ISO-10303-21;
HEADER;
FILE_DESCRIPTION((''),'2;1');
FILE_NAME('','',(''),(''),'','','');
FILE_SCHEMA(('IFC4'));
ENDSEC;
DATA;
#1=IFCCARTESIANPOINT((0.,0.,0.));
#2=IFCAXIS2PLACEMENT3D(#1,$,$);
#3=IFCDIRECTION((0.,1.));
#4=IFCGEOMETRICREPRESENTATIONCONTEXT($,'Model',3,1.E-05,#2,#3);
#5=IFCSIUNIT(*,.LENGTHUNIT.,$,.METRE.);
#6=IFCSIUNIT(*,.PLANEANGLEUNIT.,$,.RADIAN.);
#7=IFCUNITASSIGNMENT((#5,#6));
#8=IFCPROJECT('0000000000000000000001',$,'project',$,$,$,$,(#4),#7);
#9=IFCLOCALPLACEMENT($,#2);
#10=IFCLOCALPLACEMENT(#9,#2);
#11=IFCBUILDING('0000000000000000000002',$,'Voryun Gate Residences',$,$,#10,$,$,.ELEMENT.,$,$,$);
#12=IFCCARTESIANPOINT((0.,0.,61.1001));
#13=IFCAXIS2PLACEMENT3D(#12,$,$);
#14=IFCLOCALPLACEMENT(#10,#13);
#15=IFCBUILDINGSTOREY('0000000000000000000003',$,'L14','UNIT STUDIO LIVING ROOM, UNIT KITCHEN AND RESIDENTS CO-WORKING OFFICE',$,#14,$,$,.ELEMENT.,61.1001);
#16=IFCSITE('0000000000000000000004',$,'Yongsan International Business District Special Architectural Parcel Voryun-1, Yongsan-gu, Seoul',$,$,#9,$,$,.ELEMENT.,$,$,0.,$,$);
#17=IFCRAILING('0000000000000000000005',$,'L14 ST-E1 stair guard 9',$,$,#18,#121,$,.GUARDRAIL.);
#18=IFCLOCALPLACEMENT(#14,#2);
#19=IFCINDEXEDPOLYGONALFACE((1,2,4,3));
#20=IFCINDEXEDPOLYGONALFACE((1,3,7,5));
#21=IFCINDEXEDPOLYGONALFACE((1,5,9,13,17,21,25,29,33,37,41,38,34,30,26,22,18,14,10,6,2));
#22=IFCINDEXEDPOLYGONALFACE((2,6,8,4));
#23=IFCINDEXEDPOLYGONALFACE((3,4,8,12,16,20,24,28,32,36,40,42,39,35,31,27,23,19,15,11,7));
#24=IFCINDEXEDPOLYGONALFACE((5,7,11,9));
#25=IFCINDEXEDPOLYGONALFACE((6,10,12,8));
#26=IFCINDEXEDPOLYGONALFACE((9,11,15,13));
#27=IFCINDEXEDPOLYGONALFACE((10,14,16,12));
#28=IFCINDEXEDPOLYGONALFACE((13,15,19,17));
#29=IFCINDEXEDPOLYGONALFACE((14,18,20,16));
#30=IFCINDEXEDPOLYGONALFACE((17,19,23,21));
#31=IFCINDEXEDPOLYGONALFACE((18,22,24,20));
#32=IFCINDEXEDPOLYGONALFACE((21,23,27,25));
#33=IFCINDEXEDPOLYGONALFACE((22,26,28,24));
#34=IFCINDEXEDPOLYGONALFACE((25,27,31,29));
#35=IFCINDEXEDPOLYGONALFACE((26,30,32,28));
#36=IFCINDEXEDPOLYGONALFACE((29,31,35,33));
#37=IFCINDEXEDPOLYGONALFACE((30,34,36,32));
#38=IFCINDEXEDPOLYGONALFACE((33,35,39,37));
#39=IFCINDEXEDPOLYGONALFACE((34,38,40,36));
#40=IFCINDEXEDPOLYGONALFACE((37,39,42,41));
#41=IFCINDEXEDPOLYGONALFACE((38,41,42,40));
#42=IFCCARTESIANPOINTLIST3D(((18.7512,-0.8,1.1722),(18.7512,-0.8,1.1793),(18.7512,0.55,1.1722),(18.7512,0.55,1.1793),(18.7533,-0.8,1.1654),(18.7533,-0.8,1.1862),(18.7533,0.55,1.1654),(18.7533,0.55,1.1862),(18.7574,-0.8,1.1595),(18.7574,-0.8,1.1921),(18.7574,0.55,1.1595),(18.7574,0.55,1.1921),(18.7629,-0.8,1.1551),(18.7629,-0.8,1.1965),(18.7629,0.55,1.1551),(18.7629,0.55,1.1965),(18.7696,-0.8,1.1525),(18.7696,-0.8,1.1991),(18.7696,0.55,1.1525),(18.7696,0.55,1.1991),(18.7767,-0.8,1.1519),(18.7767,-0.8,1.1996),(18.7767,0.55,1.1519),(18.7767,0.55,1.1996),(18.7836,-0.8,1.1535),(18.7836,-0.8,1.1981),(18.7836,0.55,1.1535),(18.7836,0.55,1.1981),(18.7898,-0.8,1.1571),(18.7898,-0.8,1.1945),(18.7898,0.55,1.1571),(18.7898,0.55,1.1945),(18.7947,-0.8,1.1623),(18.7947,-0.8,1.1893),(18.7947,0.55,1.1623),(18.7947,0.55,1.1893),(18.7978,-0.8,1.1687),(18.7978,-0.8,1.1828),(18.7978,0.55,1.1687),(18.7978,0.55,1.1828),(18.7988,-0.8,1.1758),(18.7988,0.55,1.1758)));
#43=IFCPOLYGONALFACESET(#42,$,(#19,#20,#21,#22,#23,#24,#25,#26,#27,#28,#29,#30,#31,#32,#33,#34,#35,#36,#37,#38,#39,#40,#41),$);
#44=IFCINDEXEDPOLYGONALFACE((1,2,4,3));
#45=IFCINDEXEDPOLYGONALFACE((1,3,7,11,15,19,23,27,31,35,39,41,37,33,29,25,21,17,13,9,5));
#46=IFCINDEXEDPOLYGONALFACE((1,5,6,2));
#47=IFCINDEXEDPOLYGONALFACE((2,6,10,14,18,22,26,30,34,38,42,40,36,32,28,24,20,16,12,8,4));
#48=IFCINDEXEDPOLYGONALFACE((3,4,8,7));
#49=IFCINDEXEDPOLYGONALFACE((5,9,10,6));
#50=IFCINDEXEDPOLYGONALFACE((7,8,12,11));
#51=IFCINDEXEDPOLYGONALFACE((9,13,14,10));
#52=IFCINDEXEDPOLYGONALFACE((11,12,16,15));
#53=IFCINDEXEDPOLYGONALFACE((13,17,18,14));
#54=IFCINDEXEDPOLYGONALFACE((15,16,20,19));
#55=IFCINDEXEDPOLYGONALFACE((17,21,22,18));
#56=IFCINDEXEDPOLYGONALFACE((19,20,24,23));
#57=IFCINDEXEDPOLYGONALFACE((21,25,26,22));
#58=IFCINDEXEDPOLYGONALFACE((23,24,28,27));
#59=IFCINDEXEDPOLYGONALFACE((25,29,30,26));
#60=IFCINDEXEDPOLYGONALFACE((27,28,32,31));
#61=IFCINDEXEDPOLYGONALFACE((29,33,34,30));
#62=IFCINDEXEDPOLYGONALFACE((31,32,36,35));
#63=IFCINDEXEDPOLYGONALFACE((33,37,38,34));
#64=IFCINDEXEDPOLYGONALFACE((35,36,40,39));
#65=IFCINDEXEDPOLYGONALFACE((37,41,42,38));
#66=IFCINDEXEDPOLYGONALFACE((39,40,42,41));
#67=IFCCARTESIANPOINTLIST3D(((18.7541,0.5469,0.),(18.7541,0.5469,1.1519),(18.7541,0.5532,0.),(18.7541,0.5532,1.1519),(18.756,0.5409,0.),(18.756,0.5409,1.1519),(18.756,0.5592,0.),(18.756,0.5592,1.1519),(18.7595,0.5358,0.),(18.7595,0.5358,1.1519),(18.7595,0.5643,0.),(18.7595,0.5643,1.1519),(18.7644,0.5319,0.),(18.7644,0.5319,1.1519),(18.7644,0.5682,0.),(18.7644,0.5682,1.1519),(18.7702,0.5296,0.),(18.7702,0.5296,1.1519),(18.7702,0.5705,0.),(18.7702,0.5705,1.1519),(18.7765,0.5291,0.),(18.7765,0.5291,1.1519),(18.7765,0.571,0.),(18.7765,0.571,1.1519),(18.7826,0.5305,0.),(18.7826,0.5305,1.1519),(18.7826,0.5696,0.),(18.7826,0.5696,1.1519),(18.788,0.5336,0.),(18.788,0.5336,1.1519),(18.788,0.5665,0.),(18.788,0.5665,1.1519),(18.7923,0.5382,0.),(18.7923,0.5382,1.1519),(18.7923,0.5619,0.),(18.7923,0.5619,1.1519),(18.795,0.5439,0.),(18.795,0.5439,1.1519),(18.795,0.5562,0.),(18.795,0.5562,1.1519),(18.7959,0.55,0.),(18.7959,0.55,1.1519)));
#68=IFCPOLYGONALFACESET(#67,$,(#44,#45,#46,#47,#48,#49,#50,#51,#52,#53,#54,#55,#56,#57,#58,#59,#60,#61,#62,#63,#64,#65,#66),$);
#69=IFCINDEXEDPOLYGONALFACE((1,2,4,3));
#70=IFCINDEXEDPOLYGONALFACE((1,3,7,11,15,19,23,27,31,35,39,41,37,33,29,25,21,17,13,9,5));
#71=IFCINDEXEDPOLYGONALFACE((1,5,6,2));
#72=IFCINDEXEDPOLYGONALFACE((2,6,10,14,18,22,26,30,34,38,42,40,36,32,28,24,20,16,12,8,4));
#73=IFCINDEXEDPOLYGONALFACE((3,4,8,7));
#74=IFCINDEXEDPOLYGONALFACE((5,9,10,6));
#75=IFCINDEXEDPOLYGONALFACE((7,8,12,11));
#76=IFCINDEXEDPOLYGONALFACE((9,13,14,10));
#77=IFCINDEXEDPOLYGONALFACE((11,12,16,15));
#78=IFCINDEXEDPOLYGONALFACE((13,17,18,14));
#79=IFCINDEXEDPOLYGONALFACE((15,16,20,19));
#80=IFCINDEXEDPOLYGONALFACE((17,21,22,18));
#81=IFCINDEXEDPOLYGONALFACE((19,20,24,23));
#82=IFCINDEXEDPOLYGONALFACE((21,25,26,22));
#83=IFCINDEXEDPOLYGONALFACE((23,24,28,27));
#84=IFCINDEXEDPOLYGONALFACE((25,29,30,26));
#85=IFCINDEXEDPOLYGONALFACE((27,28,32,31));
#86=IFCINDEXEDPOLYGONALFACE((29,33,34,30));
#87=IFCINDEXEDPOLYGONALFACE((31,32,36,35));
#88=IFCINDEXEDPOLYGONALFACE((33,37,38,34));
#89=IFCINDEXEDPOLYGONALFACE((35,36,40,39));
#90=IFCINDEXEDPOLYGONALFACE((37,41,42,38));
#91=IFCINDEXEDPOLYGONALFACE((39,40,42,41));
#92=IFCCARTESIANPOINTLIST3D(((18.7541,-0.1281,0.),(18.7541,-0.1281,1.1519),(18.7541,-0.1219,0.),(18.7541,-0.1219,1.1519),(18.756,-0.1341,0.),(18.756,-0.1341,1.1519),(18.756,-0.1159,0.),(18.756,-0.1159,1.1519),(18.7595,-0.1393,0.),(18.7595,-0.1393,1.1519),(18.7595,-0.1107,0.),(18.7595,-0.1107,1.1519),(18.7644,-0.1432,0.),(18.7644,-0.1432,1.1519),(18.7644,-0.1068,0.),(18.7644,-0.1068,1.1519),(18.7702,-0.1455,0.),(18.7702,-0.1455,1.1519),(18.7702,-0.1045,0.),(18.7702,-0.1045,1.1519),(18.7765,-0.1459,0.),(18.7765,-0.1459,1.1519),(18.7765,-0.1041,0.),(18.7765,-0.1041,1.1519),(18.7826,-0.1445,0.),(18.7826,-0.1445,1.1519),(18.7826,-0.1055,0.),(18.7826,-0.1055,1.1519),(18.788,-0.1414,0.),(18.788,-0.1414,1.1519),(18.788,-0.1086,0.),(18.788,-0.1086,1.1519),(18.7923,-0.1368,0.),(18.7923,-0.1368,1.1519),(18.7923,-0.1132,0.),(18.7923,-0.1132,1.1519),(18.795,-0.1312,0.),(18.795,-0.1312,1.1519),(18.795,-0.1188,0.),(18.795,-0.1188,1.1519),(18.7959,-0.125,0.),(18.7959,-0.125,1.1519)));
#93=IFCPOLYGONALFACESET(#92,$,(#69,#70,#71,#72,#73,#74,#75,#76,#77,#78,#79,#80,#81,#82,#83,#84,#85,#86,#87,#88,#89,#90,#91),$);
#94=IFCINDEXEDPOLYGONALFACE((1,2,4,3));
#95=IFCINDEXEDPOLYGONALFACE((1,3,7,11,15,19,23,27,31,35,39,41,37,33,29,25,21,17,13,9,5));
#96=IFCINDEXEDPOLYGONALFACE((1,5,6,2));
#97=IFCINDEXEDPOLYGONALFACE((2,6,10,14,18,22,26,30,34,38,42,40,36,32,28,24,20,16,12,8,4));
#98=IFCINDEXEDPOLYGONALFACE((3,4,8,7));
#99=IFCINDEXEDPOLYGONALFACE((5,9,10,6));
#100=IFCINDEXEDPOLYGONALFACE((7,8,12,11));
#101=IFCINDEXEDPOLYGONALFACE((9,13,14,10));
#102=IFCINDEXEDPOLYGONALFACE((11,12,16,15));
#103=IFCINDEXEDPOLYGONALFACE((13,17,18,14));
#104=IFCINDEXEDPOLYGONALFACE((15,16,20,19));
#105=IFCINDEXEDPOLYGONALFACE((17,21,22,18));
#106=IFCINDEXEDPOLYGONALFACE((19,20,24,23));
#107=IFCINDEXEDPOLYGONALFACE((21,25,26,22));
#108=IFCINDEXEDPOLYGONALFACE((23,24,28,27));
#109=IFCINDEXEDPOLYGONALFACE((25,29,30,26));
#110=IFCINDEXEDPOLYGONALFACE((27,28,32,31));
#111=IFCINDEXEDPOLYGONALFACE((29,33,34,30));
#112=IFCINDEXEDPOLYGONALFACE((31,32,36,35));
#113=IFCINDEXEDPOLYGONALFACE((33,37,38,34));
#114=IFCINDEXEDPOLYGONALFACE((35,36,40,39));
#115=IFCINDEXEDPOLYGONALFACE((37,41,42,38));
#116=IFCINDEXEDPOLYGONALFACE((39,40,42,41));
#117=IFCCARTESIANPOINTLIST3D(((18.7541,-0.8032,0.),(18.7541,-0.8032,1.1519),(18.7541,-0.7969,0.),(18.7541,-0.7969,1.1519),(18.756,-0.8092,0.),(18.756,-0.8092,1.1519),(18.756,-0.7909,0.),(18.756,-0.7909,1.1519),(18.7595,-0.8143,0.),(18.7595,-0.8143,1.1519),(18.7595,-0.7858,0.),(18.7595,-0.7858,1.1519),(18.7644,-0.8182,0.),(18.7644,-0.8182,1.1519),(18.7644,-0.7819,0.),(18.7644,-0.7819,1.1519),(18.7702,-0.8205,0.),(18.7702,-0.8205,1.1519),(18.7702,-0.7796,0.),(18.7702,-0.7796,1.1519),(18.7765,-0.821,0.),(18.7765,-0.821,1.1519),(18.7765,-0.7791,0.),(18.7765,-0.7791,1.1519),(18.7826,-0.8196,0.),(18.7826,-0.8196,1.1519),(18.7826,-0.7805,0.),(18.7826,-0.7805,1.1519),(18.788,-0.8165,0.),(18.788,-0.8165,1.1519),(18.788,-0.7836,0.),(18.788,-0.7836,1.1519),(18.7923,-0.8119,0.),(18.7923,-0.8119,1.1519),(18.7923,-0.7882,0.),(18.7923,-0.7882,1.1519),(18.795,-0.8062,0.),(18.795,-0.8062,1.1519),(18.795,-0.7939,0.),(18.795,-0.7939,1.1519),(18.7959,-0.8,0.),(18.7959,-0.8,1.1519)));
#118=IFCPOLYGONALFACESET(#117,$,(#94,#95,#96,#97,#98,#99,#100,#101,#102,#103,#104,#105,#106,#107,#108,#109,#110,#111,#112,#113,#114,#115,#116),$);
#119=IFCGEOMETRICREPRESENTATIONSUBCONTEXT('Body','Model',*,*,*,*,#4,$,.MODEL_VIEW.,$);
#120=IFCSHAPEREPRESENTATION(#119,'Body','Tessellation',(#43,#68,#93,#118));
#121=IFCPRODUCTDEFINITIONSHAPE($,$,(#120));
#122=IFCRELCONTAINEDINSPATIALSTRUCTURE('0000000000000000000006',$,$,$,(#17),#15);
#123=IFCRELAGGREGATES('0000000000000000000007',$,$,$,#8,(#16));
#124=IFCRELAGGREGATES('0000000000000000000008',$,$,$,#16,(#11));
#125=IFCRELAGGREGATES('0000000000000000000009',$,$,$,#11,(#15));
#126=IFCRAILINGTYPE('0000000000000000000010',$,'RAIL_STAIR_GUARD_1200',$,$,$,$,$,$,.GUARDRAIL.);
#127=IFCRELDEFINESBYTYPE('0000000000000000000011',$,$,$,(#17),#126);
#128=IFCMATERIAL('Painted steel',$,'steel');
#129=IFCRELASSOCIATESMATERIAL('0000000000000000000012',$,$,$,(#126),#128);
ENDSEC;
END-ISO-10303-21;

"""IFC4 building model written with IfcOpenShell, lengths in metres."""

from ifc_helpers import new_model, si_unit, direction, frame, origin, origin_2d, place, context, subcontext, project, spatial, circle, extrude, material, type_object, element, save


model = new_model("IFC4")

# Units and contexts
model_context = context("Model", 3, precision=1e-05, world=origin(), true_north=direction((0.0, 1.0)))
body_context = subcontext(model_context, "Body", "Model", "MODEL_VIEW")
ifc_project = project(units=[si_unit("LENGTHUNIT", "METRE"), si_unit("PLANEANGLEUNIT", "RADIAN")], contexts=[model_context])

# Site, building, storey
site_placement = place(None, origin())
site = spatial("IfcSite", under=ifc_project, at=site_placement, Name="Yongsan International Business District Special Architectural Parcel Voryun-1, Yongsan-gu, Seoul", CompositionType="ELEMENT", RefElevation=0.0)
building_placement = place(site_placement, origin())
building = spatial("IfcBuilding", under=site, at=building_placement, Name="Voryun Gate Residences", CompositionType="ELEMENT")
storey_placement = place(building_placement, frame((0.0, 0.0, 61.1001)))
storey = spatial("IfcBuildingStorey", under=building, at=storey_placement, Name="L14", Description="UNIT STUDIO LIVING ROOM, UNIT KITCHEN AND RESIDENTS CO-WORKING OFFICE", CompositionType="ELEMENT", Elevation=61.1001)

# Railing
ifc_material_1 = material(Name="Painted steel", Category="steel")
railing_type = type_object("IfcRailingType", Name="RAIL_STAIR_GUARD_1200", PredefinedType="GUARDRAIL", material=ifc_material_1)
for number, where, name in (
    (1, (18.7749, 0.55, 0.0), "L14 ST-E1 stair guard 9"),
):
    element("IfcRailing", number, at=place(storey_placement, frame(where)), inside=storey, type_object=railing_type, Name=name, PredefinedType="GUARDRAIL", context=body_context, shape_type="SweptSolid", body=[
        extrude(circle(Radius=0.0239, at=origin_2d()), frame((0.0, 0.0, 1.1758), z_axis=(0.0, -1.0, 0.0), x_axis=(1.0, 0.0, 0.0)), (0.0, 0.0, 1.0), 1.3501),
        extrude(circle(Radius=0.021, at=origin_2d()), origin(), (0.0, 0.0, 1.0), 1.1519),
        extrude(circle(Radius=0.021, at=origin_2d()), frame((0.0, -0.675, 0.0)), (0.0, 0.0, 1.0), 1.1519),
        extrude(circle(Radius=0.021, at=origin_2d()), frame((0.0, -1.3501, 0.0)), (0.0, 0.0, 1.0), 1.1519),
    ])

save(model, "model.ifc")
